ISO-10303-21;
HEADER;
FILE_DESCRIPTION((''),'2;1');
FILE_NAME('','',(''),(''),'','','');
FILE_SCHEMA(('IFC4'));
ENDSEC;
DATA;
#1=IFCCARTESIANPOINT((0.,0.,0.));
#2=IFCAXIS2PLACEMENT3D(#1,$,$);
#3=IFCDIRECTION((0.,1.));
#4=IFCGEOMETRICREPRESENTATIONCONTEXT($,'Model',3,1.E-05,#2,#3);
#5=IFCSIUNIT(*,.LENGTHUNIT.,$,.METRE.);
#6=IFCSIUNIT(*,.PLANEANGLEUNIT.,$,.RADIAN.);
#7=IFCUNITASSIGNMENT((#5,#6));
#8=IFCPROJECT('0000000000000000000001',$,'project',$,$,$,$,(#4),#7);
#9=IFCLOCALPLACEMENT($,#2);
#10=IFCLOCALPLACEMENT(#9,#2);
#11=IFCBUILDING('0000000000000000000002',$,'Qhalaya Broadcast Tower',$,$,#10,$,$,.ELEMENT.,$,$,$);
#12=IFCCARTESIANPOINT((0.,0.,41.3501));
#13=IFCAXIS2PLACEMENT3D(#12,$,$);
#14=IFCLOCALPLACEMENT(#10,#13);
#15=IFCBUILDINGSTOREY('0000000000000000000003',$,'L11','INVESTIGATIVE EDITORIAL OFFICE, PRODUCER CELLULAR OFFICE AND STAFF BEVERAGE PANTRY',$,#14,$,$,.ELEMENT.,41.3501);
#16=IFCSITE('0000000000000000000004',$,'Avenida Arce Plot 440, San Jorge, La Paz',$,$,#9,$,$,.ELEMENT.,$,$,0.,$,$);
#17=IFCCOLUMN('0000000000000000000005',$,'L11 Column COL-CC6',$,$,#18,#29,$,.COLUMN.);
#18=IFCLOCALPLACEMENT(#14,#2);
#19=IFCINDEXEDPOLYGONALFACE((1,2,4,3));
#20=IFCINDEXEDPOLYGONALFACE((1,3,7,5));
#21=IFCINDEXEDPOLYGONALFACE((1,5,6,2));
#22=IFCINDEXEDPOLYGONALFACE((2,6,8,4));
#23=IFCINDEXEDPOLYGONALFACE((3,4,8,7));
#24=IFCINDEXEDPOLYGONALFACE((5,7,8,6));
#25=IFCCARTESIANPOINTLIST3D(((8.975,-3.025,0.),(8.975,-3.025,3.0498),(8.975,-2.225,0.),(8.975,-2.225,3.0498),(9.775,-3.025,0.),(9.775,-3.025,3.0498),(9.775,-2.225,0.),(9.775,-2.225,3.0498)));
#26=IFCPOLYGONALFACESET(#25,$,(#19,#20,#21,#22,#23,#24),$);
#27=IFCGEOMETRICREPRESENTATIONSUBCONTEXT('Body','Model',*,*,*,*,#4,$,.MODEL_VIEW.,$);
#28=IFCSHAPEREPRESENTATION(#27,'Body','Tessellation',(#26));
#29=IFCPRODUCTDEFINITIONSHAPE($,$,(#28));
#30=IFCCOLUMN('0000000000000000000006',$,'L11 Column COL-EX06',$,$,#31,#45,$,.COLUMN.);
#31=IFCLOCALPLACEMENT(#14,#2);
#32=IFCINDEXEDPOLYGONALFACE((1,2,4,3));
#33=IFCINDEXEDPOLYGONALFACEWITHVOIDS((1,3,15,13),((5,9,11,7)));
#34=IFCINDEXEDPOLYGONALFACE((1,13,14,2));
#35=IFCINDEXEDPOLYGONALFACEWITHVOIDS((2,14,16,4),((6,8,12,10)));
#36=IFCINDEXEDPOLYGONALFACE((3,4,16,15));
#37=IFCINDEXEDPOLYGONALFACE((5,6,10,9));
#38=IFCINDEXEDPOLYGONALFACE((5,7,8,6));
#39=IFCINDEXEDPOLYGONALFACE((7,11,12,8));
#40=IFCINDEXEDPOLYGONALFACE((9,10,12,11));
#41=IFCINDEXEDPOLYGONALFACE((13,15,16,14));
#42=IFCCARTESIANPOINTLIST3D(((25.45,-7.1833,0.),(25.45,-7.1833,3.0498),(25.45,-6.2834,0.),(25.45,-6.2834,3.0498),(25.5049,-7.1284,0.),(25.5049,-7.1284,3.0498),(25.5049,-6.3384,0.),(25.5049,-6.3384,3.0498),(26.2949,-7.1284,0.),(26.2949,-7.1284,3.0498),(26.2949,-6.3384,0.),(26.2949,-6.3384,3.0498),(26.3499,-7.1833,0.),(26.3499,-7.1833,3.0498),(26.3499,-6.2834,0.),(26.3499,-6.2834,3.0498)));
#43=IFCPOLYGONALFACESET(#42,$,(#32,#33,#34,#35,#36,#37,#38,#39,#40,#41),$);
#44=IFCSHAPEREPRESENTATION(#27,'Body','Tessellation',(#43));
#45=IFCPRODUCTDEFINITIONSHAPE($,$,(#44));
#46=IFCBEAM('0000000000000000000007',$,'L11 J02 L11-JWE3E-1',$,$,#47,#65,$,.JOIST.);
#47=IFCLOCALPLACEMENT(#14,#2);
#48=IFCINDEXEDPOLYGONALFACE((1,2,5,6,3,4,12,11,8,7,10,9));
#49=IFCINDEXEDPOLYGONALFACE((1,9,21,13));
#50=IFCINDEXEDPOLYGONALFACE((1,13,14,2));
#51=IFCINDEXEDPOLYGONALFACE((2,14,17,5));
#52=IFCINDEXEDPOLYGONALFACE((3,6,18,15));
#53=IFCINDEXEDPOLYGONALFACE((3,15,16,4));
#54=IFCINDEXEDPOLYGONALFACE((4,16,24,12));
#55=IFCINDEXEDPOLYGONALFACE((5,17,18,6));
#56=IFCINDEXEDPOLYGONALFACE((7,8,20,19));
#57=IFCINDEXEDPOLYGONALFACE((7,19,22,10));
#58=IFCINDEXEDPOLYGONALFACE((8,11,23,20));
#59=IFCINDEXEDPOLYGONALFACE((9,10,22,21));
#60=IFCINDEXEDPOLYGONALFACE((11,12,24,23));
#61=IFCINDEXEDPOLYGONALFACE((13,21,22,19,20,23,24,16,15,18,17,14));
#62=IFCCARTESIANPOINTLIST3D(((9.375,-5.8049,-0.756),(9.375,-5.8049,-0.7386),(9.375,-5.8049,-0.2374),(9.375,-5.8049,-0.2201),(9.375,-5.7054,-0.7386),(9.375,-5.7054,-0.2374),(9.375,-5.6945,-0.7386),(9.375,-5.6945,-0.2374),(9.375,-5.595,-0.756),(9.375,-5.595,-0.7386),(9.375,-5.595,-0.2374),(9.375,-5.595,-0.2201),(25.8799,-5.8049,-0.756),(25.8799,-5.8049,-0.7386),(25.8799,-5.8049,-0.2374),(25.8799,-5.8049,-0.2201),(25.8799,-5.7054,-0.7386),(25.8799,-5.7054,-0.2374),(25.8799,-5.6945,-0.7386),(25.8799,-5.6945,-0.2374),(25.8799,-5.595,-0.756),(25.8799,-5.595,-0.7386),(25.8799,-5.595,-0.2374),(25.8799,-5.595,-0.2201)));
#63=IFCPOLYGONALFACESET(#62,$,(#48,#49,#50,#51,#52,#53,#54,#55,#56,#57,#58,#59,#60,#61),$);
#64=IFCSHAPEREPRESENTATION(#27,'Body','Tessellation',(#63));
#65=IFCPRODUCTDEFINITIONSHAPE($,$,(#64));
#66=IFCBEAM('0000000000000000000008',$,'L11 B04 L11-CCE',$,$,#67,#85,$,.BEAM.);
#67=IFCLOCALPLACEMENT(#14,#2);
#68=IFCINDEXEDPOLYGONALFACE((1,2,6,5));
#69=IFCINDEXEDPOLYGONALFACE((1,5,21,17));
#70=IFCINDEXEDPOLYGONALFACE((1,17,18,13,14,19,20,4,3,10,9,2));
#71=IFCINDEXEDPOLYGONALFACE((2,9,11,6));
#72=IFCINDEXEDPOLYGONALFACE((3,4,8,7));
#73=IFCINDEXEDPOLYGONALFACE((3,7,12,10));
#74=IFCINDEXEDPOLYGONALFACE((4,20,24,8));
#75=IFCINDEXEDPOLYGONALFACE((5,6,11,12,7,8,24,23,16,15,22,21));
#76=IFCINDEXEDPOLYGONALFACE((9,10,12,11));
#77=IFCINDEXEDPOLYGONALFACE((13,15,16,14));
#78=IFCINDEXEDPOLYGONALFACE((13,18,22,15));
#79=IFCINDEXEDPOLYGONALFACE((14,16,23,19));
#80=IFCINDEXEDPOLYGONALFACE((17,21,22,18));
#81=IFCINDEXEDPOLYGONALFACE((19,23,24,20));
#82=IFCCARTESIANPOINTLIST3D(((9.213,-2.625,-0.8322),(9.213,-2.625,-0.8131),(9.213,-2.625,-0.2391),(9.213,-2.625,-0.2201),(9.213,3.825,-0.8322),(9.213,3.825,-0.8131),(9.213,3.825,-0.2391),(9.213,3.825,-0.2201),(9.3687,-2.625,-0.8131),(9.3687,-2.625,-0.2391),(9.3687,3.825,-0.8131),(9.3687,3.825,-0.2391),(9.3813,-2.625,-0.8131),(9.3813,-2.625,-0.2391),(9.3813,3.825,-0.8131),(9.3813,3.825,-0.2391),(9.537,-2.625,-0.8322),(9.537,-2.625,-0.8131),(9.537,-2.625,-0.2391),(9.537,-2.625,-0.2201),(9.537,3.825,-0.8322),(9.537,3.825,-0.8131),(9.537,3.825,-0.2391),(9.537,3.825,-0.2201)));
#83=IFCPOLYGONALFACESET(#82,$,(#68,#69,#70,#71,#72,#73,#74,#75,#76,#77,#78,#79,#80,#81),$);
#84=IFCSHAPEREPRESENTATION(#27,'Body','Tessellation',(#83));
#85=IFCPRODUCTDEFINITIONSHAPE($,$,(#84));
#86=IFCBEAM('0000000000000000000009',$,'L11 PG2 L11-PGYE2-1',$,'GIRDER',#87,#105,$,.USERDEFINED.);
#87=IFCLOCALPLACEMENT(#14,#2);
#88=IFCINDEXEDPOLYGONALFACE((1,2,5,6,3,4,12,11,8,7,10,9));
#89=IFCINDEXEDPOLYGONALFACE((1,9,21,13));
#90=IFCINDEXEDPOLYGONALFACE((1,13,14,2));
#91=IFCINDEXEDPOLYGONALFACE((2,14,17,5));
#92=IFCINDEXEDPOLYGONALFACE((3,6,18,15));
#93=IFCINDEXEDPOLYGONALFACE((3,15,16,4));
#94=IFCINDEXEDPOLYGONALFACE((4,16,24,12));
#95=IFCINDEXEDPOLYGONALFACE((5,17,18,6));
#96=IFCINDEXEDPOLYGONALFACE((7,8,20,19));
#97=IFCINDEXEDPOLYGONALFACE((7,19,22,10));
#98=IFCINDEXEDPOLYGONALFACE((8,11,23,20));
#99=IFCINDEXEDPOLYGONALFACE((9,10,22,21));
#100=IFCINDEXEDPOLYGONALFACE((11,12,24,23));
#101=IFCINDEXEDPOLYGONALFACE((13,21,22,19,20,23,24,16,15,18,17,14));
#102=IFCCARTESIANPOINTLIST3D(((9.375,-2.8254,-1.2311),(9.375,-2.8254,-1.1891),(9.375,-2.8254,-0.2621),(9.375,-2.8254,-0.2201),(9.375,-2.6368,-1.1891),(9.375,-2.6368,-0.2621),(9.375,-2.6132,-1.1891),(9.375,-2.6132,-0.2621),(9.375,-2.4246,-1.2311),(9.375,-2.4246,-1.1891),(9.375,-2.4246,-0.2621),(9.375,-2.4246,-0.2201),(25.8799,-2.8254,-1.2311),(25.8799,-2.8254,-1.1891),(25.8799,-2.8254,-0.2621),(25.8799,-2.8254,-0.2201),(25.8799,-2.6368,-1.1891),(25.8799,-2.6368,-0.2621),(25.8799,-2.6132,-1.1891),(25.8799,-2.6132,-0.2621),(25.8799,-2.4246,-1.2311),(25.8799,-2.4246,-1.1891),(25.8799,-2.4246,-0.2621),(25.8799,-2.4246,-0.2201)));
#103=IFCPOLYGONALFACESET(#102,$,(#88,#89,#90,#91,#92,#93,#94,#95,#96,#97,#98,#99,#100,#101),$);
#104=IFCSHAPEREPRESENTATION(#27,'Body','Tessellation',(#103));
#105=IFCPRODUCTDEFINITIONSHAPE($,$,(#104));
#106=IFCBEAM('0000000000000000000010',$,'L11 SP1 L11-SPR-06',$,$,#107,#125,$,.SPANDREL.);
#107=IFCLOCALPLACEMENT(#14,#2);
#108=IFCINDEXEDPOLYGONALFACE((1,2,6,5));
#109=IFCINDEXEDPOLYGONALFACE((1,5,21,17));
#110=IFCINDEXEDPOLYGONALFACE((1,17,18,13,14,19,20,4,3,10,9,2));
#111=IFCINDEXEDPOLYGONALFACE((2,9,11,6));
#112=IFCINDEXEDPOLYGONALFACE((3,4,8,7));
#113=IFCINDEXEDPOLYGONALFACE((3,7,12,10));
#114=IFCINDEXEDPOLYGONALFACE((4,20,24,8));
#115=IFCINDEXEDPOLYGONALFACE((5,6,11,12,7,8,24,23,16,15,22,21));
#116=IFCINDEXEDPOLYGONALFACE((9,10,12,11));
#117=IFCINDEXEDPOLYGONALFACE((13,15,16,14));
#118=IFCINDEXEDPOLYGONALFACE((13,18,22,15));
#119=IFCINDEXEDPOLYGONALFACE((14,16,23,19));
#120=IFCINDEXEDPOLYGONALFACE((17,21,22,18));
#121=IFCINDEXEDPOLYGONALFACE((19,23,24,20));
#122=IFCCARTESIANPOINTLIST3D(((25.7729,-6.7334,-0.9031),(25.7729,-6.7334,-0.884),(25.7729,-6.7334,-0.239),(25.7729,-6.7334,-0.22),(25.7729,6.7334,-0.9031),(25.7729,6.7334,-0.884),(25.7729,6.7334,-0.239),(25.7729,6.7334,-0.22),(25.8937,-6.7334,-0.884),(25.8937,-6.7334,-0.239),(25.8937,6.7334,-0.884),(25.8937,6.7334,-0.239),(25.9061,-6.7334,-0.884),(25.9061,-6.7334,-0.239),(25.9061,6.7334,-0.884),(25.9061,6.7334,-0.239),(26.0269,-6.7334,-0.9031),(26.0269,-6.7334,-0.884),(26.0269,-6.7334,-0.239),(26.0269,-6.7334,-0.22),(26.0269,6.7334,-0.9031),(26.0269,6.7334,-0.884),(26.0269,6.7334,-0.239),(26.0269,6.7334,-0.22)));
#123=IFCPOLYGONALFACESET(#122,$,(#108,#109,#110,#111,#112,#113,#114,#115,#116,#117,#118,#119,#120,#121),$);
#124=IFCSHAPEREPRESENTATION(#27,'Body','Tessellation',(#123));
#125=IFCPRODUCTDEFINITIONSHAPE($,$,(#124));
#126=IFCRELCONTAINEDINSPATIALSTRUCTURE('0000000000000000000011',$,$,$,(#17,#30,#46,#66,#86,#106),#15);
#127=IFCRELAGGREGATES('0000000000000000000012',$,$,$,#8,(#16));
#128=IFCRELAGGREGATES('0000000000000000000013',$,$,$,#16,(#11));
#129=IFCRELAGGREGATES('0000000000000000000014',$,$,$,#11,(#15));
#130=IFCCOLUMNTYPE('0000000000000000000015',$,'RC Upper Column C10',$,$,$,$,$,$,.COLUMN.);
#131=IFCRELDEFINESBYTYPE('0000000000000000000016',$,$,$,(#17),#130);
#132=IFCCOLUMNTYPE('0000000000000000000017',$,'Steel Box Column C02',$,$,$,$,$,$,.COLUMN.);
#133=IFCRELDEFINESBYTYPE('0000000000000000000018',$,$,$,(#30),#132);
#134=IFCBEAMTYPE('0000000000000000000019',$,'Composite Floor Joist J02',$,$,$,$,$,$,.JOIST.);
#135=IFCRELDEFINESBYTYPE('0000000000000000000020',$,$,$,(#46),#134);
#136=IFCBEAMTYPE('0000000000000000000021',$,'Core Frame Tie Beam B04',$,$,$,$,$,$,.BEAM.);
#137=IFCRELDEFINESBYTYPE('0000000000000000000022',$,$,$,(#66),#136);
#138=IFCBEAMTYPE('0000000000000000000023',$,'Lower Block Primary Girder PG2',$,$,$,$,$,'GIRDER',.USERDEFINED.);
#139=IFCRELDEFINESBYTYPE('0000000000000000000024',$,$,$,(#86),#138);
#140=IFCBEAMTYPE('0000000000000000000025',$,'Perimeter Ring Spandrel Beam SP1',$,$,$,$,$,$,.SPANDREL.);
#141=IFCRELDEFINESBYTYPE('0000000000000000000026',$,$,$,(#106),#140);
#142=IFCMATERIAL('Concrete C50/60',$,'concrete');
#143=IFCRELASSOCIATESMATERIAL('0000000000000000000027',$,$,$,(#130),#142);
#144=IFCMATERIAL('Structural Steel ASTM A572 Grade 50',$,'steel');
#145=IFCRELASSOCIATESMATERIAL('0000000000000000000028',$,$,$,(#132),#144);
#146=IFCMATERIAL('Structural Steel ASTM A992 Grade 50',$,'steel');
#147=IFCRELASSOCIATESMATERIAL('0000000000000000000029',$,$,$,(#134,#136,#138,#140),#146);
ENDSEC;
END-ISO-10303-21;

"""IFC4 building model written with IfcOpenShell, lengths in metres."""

from ifc_helpers import new_model, si_unit, direction, frame, origin, origin_2d, place, context, subcontext, project, spatial, rectangle, hollow_rectangle, i_section, extrude, material, material_profile, profile_set, type_object, element, save


model = new_model("IFC4")

# Units and contexts
model_context = context("Model", 3, precision=1e-05, world=origin(), true_north=direction((0.0, 1.0)))
body_context = subcontext(model_context, "Body", "Model", "MODEL_VIEW")
ifc_project = project(units=[si_unit("LENGTHUNIT", "METRE"), si_unit("PLANEANGLEUNIT", "RADIAN")], contexts=[model_context])

# Site, building, storey
site_placement = place(None, origin())
site = spatial("IfcSite", under=ifc_project, at=site_placement, Name="Avenida Arce Plot 440, San Jorge, La Paz", CompositionType="ELEMENT", RefElevation=0.0)
building_placement = place(site_placement, origin())
building = spatial("IfcBuilding", under=site, at=building_placement, Name="Qhalaya Broadcast Tower", CompositionType="ELEMENT")
storey_placement = place(building_placement, frame((0.0, 0.0, 41.3501)))
storey = spatial("IfcBuildingStorey", under=building, at=storey_placement, Name="L11", Description="INVESTIGATIVE EDITORIAL OFFICE, PRODUCER CELLULAR OFFICE AND STAFF BEVERAGE PANTRY", CompositionType="ELEMENT", Elevation=41.3501)

# Columns
ifc_material_1 = material(Name="Concrete C50/60", Category="concrete")
ifc_material_profile_1 = material_profile(ifc_material_1, rectangle(XDim=0.8, YDim=0.8, at=origin_2d()), Name="RC-COL 800x800")
ifc_profile_set_1 = profile_set([ifc_material_profile_1], Name="Concrete C50/60")
column_type_1 = type_object("IfcColumnType", Name="RC Upper Column C10", PredefinedType="COLUMN", material=ifc_profile_set_1)
column_1_placement = place(storey_placement, frame((9.375, -2.625, 0.0), z_axis=(0.0, 0.0, 1.0), x_axis=(1.0, 0.0, 0.0)))
element("IfcColumn", 1, at=column_1_placement, inside=storey, type_object=column_type_1, Name="L11 Column COL-CC6", PredefinedType="COLUMN", context=body_context, shape_type="SweptSolid", body=[
    extrude(rectangle(XDim=0.8, YDim=0.8, at=origin_2d()), origin(), (0.0, 0.0, 1.0), 3.0498),
])
ifc_material_2 = material(Name="Structural Steel ASTM A572 Grade 50", Category="steel")
ifc_material_profile_2 = material_profile(ifc_material_2, hollow_rectangle(XDim=0.8999, YDim=0.8999, WallThickness=0.0549, at=origin_2d()), Name="BOX 900x900x55")
ifc_profile_set_2 = profile_set([ifc_material_profile_2], Name="Structural Steel ASTM A572 Grade 50")
column_type_2 = type_object("IfcColumnType", Name="Steel Box Column C02", PredefinedType="COLUMN", material=ifc_profile_set_2)
column_2_placement = place(storey_placement, frame((25.8999, -6.7334, 0.0), z_axis=(0.0, 0.0, 1.0), x_axis=(0.0, 1.0, 0.0)))
element("IfcColumn", 2, at=column_2_placement, inside=storey, type_object=column_type_2, Name="L11 Column COL-EX06", PredefinedType="COLUMN", context=body_context, shape_type="SweptSolid", body=[
    extrude(hollow_rectangle(XDim=0.8999, YDim=0.8999, WallThickness=0.0549, at=origin_2d()), origin(), (0.0, 0.0, 1.0), 3.0498),
])

# Beams
ifc_material_3 = material(Name="Structural Steel ASTM A992 Grade 50", Category="steel")
ifc_material_profile_3 = material_profile(ifc_material_3, i_section(OverallWidth=0.21, OverallDepth=0.5359, WebThickness=0.011, FlangeThickness=0.0173, at=origin_2d()), Name="W21X68")
ifc_profile_set_3 = profile_set([ifc_material_profile_3], Name="Structural Steel ASTM A992 Grade 50")
beam_type_1 = type_object("IfcBeamType", Name="Composite Floor Joist J02", PredefinedType="JOIST", material=ifc_profile_set_3)
beam_1_placement = place(storey_placement, frame((9.375, -5.7, -0.488), z_axis=(1.0, 0.0, 0.0), x_axis=(0.0, 1.0, 0.0)))
element("IfcBeam", 3, at=beam_1_placement, inside=storey, type_object=beam_type_1, Name="L11 J02 L11-JWE3E-1", PredefinedType="JOIST", context=body_context, shape_type="SweptSolid", body=[
    extrude(i_section(OverallWidth=0.21, OverallDepth=0.5359, WebThickness=0.011, FlangeThickness=0.0173, at=origin_2d()), origin(), (0.0, 0.0, 1.0), 16.5049),
])
ifc_material_profile_4 = material_profile(ifc_material_3, i_section(OverallWidth=0.324, OverallDepth=0.6121, WebThickness=0.0127, FlangeThickness=0.019, at=origin_2d()), Name="W24X104")
ifc_profile_set_4 = profile_set([ifc_material_profile_4], Name="Structural Steel ASTM A992 Grade 50")
beam_type_2 = type_object("IfcBeamType", Name="Core Frame Tie Beam B04", PredefinedType="BEAM", material=ifc_profile_set_4)
beam_2_placement = place(storey_placement, frame((9.375, -2.625, -0.5261), z_axis=(0.0, 1.0, 0.0), x_axis=(-1.0, 0.0, 0.0)))
element("IfcBeam", 4, at=beam_2_placement, inside=storey, type_object=beam_type_2, Name="L11 B04 L11-CCE", PredefinedType="BEAM", context=body_context, shape_type="SweptSolid", body=[
    extrude(i_section(OverallWidth=0.324, OverallDepth=0.6121, WebThickness=0.0127, FlangeThickness=0.019, at=origin_2d()), origin(), (0.0, 0.0, 1.0), 6.45),
])
ifc_material_profile_5 = material_profile(ifc_material_3, i_section(OverallWidth=0.4009, OverallDepth=1.011, WebThickness=0.0237, FlangeThickness=0.042, at=origin_2d()), Name="W40X297")
ifc_profile_set_5 = profile_set([ifc_material_profile_5], Name="Structural Steel ASTM A992 Grade 50")
beam_type_3 = type_object("IfcBeamType", Name="Lower Block Primary Girder PG2", ElementType="GIRDER", PredefinedType="USERDEFINED", material=ifc_profile_set_5)
beam_3_placement = place(storey_placement, frame((9.375, -2.625, -0.7256), z_axis=(1.0, 0.0, 0.0), x_axis=(0.0, 1.0, 0.0)))
element("IfcBeam", 5, at=beam_3_placement, inside=storey, type_object=beam_type_3, Name="L11 PG2 L11-PGYE2-1", ObjectType="GIRDER", PredefinedType="USERDEFINED", context=body_context, shape_type="SweptSolid", body=[
    extrude(i_section(OverallWidth=0.4009, OverallDepth=1.011, WebThickness=0.0237, FlangeThickness=0.042, at=origin_2d()), origin(), (0.0, 0.0, 1.0), 16.5049),
])
ifc_material_profile_6 = material_profile(ifc_material_3, i_section(OverallWidth=0.2539, OverallDepth=0.6831, WebThickness=0.0125, FlangeThickness=0.019, at=origin_2d()), Name="W27X94")
ifc_profile_set_6 = profile_set([ifc_material_profile_6], Name="Structural Steel ASTM A992 Grade 50")
beam_type_4 = type_object("IfcBeamType", Name="Perimeter Ring Spandrel Beam SP1", PredefinedType="SPANDREL", material=ifc_profile_set_6)
beam_4_placement = place(storey_placement, frame((25.8999, -6.7334, -0.5615), z_axis=(0.0, 1.0, 0.0), x_axis=(-1.0, 0.0, 0.0)))
element("IfcBeam", 6, at=beam_4_placement, inside=storey, type_object=beam_type_4, Name="L11 SP1 L11-SPR-06", PredefinedType="SPANDREL", context=body_context, shape_type="SweptSolid", body=[
    extrude(i_section(OverallWidth=0.2539, OverallDepth=0.6831, WebThickness=0.0125, FlangeThickness=0.019, at=origin_2d()), origin(), (0.0, 0.0, 1.0), 13.4668),
])

save(model, "model.ifc")
